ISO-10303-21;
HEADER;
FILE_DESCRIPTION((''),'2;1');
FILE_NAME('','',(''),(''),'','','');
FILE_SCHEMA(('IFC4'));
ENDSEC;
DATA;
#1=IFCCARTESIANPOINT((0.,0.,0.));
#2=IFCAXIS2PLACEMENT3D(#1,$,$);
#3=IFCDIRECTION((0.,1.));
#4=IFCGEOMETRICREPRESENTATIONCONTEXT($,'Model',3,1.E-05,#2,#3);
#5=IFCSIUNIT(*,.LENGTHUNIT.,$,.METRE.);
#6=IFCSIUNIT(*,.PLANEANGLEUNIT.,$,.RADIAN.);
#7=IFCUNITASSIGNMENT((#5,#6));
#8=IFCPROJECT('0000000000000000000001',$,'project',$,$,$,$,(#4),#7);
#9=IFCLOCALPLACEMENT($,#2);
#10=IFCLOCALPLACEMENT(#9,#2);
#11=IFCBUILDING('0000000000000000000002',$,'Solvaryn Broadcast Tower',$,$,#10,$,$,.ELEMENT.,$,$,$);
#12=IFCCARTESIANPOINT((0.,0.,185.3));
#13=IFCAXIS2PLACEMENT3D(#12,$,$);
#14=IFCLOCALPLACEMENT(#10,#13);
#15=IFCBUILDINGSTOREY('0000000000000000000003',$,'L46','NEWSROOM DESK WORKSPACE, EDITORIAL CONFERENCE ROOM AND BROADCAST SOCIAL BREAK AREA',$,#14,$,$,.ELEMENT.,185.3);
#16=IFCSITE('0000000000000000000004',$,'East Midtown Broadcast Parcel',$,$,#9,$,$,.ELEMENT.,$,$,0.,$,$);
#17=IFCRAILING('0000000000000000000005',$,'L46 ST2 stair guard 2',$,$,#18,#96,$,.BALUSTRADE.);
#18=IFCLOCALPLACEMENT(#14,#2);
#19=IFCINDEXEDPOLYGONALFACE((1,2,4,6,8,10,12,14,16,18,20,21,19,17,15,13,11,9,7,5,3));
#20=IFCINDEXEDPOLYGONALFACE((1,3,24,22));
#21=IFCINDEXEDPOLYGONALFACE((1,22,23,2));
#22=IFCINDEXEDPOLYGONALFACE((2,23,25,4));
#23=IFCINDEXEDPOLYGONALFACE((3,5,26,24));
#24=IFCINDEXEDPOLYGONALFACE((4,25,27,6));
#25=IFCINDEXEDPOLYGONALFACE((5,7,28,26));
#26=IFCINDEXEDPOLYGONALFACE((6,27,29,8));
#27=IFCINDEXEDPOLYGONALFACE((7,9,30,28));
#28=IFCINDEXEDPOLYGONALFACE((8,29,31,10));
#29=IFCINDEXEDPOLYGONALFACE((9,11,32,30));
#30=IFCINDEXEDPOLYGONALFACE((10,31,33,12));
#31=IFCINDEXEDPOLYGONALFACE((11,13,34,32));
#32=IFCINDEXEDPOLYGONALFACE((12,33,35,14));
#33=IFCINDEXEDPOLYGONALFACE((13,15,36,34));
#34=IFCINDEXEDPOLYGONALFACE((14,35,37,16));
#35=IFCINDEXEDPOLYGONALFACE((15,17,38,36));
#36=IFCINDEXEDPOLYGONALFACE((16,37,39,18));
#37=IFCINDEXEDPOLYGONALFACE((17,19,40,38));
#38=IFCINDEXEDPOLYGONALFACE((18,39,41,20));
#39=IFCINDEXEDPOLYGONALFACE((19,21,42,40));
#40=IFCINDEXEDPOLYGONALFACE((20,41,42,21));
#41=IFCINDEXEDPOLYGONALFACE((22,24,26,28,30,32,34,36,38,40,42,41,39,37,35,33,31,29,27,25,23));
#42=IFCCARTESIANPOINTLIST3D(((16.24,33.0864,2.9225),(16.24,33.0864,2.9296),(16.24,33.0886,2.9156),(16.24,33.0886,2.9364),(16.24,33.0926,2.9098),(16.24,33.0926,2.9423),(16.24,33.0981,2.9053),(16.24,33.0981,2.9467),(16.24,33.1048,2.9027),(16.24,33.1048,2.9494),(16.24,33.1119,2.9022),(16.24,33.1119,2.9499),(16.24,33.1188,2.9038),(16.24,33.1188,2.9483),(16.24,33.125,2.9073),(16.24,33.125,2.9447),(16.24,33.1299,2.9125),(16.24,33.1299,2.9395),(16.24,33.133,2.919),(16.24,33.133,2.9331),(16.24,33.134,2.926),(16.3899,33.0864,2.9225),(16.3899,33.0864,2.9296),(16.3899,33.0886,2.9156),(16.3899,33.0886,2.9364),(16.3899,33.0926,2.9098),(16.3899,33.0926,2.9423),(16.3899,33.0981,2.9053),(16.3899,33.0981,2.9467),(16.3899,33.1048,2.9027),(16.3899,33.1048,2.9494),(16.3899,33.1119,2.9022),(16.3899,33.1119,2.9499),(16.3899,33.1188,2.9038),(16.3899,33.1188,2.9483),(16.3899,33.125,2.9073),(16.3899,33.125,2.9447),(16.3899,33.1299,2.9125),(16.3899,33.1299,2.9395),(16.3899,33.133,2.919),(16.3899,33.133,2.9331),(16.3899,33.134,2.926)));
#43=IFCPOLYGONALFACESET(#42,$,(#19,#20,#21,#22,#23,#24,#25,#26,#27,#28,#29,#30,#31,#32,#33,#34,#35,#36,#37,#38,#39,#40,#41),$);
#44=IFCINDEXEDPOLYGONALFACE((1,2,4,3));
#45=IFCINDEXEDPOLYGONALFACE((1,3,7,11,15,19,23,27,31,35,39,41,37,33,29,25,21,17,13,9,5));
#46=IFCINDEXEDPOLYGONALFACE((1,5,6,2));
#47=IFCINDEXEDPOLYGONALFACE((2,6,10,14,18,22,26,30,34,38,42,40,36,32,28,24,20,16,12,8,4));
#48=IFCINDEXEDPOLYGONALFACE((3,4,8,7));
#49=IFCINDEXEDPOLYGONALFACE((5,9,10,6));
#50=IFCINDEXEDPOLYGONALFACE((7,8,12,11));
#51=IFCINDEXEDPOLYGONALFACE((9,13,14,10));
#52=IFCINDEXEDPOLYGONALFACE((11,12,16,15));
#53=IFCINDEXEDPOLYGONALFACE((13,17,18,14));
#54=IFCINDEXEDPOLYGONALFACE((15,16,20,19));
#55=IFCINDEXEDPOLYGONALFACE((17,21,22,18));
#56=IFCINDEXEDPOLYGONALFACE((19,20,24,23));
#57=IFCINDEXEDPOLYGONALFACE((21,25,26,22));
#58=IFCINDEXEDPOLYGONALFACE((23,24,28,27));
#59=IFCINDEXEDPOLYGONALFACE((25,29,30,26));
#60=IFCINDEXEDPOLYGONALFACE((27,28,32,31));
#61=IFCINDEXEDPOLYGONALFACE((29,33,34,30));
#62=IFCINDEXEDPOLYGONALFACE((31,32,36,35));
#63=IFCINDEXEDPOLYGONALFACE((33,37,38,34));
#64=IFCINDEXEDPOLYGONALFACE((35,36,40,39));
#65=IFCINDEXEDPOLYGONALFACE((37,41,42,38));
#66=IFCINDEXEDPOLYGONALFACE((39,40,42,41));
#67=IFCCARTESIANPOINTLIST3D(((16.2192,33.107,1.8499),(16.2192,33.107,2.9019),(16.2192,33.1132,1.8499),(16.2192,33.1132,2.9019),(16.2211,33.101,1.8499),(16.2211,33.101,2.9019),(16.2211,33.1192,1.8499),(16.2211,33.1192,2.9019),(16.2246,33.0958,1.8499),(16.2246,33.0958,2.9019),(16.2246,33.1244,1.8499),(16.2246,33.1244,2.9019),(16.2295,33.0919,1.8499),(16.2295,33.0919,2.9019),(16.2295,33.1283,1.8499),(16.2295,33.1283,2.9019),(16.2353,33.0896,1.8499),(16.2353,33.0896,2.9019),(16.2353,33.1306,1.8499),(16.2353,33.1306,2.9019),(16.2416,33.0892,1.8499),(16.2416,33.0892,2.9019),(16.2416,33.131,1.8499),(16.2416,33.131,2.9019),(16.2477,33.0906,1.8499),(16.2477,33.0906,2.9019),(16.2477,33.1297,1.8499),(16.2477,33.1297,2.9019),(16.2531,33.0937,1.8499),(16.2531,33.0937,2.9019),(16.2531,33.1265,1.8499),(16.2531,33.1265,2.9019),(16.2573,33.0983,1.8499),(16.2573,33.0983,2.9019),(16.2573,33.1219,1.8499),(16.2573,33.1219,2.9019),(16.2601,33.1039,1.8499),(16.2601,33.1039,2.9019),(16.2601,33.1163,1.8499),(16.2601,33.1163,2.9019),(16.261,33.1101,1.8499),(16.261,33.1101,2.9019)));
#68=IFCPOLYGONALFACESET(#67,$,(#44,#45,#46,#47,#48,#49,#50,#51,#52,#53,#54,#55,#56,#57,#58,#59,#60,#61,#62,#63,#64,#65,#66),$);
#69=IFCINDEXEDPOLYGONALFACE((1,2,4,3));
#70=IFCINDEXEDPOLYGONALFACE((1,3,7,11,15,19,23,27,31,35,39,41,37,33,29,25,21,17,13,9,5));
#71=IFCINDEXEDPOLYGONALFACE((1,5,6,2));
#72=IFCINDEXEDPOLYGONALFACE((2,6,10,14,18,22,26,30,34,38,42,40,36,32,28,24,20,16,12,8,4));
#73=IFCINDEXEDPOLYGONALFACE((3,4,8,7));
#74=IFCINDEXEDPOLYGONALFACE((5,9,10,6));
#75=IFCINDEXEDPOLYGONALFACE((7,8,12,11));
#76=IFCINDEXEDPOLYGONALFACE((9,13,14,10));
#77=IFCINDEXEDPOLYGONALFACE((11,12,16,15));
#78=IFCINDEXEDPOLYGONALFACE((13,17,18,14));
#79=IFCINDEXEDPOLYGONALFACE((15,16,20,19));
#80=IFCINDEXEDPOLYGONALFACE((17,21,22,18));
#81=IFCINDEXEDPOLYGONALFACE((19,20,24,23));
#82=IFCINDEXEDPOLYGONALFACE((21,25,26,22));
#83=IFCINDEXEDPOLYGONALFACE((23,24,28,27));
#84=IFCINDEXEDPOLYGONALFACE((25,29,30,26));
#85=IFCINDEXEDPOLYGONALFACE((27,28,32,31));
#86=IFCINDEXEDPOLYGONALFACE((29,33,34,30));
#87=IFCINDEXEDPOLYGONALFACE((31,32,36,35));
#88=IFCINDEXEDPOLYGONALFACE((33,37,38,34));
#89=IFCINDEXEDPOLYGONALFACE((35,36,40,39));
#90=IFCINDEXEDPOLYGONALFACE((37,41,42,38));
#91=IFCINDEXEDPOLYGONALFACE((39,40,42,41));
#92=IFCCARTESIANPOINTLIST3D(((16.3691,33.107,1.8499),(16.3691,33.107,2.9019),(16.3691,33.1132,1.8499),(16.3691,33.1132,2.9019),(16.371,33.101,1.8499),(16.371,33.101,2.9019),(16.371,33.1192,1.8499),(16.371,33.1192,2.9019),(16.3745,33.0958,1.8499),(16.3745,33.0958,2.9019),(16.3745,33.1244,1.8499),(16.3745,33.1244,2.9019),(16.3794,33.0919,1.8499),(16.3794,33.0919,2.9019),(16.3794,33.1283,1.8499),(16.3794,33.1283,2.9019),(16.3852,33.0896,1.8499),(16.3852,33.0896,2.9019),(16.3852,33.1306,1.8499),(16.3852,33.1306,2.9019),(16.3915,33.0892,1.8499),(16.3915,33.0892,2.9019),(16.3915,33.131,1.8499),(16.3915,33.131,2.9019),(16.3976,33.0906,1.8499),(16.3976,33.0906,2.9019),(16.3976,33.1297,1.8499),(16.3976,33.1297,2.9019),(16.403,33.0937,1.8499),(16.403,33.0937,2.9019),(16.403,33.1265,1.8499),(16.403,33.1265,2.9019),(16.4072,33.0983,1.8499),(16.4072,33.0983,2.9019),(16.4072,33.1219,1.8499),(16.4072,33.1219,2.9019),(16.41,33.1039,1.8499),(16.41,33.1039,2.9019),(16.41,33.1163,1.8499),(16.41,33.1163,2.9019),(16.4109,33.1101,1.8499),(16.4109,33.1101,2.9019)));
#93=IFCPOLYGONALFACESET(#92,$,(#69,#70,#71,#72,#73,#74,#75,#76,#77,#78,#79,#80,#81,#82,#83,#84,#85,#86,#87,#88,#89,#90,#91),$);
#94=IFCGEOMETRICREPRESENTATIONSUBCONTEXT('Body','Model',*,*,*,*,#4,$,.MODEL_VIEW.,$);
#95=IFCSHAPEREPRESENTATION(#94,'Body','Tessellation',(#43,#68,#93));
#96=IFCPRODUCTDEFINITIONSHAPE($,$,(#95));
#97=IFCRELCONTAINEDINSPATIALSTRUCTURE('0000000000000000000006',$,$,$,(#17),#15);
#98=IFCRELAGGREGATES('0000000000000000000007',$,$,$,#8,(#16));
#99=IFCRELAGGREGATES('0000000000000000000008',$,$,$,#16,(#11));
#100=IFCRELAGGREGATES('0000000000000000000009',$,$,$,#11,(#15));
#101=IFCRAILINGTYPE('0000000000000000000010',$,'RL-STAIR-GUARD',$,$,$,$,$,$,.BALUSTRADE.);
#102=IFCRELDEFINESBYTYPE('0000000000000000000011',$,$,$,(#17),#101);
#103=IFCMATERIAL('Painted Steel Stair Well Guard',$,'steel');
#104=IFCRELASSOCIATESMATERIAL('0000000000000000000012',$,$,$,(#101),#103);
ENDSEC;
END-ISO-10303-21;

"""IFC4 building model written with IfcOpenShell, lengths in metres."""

from ifc_helpers import new_model, si_unit, direction, frame, origin, origin_2d, place, context, subcontext, project, spatial, circle, extrude, material, type_object, element, save


model = new_model("IFC4")

# Units and contexts
model_context = context("Model", 3, precision=1e-05, world=origin(), true_north=direction((0.0, 1.0)))
body_context = subcontext(model_context, "Body", "Model", "MODEL_VIEW")
ifc_project = project(units=[si_unit("LENGTHUNIT", "METRE"), si_unit("PLANEANGLEUNIT", "RADIAN")], contexts=[model_context])

# Site, building, storey
site_placement = place(None, origin())
site = spatial("IfcSite", under=ifc_project, at=site_placement, Name="East Midtown Broadcast Parcel", CompositionType="ELEMENT", RefElevation=0.0)
building_placement = place(site_placement, origin())
building = spatial("IfcBuilding", under=site, at=building_placement, Name="Solvaryn Broadcast Tower", CompositionType="ELEMENT")
storey_placement = place(building_placement, frame((0.0, 0.0, 185.3)))
storey = spatial("IfcBuildingStorey", under=building, at=storey_placement, Name="L46", Description="NEWSROOM DESK WORKSPACE, EDITORIAL CONFERENCE ROOM AND BROADCAST SOCIAL BREAK AREA", CompositionType="ELEMENT", Elevation=185.3)

# Railing
ifc_material_1 = material(Name="Painted Steel Stair Well Guard", Category="steel")
railing_type_1 = type_object("IfcRailingType", Name="RL-STAIR-GUARD", PredefinedType="BALUSTRADE", material=ifc_material_1)
railing_1_placement = place(storey_placement, frame((16.24, 33.1101, 1.8499)))
element("IfcRailing", 1, at=railing_1_placement, inside=storey, type_object=railing_type_1, Name="L46 ST2 stair guard 2", PredefinedType="BALUSTRADE", context=body_context, shape_type="SweptSolid", body=[
    extrude(circle(Radius=0.0239, at=origin_2d()), frame((0.0, 0.0, 1.0762), z_axis=(1.0, 0.0, 0.0), x_axis=(0.0, 1.0, 0.0)), (0.0, 0.0, 1.0), 0.1499),
    extrude(circle(Radius=0.021, at=origin_2d()), origin(), (0.0, 0.0, 1.0), 1.052),
    extrude(circle(Radius=0.021, at=origin_2d()), frame((0.1499, 0.0, 0.0)), (0.0, 0.0, 1.0), 1.052),
])

save(model, "model.ifc")
